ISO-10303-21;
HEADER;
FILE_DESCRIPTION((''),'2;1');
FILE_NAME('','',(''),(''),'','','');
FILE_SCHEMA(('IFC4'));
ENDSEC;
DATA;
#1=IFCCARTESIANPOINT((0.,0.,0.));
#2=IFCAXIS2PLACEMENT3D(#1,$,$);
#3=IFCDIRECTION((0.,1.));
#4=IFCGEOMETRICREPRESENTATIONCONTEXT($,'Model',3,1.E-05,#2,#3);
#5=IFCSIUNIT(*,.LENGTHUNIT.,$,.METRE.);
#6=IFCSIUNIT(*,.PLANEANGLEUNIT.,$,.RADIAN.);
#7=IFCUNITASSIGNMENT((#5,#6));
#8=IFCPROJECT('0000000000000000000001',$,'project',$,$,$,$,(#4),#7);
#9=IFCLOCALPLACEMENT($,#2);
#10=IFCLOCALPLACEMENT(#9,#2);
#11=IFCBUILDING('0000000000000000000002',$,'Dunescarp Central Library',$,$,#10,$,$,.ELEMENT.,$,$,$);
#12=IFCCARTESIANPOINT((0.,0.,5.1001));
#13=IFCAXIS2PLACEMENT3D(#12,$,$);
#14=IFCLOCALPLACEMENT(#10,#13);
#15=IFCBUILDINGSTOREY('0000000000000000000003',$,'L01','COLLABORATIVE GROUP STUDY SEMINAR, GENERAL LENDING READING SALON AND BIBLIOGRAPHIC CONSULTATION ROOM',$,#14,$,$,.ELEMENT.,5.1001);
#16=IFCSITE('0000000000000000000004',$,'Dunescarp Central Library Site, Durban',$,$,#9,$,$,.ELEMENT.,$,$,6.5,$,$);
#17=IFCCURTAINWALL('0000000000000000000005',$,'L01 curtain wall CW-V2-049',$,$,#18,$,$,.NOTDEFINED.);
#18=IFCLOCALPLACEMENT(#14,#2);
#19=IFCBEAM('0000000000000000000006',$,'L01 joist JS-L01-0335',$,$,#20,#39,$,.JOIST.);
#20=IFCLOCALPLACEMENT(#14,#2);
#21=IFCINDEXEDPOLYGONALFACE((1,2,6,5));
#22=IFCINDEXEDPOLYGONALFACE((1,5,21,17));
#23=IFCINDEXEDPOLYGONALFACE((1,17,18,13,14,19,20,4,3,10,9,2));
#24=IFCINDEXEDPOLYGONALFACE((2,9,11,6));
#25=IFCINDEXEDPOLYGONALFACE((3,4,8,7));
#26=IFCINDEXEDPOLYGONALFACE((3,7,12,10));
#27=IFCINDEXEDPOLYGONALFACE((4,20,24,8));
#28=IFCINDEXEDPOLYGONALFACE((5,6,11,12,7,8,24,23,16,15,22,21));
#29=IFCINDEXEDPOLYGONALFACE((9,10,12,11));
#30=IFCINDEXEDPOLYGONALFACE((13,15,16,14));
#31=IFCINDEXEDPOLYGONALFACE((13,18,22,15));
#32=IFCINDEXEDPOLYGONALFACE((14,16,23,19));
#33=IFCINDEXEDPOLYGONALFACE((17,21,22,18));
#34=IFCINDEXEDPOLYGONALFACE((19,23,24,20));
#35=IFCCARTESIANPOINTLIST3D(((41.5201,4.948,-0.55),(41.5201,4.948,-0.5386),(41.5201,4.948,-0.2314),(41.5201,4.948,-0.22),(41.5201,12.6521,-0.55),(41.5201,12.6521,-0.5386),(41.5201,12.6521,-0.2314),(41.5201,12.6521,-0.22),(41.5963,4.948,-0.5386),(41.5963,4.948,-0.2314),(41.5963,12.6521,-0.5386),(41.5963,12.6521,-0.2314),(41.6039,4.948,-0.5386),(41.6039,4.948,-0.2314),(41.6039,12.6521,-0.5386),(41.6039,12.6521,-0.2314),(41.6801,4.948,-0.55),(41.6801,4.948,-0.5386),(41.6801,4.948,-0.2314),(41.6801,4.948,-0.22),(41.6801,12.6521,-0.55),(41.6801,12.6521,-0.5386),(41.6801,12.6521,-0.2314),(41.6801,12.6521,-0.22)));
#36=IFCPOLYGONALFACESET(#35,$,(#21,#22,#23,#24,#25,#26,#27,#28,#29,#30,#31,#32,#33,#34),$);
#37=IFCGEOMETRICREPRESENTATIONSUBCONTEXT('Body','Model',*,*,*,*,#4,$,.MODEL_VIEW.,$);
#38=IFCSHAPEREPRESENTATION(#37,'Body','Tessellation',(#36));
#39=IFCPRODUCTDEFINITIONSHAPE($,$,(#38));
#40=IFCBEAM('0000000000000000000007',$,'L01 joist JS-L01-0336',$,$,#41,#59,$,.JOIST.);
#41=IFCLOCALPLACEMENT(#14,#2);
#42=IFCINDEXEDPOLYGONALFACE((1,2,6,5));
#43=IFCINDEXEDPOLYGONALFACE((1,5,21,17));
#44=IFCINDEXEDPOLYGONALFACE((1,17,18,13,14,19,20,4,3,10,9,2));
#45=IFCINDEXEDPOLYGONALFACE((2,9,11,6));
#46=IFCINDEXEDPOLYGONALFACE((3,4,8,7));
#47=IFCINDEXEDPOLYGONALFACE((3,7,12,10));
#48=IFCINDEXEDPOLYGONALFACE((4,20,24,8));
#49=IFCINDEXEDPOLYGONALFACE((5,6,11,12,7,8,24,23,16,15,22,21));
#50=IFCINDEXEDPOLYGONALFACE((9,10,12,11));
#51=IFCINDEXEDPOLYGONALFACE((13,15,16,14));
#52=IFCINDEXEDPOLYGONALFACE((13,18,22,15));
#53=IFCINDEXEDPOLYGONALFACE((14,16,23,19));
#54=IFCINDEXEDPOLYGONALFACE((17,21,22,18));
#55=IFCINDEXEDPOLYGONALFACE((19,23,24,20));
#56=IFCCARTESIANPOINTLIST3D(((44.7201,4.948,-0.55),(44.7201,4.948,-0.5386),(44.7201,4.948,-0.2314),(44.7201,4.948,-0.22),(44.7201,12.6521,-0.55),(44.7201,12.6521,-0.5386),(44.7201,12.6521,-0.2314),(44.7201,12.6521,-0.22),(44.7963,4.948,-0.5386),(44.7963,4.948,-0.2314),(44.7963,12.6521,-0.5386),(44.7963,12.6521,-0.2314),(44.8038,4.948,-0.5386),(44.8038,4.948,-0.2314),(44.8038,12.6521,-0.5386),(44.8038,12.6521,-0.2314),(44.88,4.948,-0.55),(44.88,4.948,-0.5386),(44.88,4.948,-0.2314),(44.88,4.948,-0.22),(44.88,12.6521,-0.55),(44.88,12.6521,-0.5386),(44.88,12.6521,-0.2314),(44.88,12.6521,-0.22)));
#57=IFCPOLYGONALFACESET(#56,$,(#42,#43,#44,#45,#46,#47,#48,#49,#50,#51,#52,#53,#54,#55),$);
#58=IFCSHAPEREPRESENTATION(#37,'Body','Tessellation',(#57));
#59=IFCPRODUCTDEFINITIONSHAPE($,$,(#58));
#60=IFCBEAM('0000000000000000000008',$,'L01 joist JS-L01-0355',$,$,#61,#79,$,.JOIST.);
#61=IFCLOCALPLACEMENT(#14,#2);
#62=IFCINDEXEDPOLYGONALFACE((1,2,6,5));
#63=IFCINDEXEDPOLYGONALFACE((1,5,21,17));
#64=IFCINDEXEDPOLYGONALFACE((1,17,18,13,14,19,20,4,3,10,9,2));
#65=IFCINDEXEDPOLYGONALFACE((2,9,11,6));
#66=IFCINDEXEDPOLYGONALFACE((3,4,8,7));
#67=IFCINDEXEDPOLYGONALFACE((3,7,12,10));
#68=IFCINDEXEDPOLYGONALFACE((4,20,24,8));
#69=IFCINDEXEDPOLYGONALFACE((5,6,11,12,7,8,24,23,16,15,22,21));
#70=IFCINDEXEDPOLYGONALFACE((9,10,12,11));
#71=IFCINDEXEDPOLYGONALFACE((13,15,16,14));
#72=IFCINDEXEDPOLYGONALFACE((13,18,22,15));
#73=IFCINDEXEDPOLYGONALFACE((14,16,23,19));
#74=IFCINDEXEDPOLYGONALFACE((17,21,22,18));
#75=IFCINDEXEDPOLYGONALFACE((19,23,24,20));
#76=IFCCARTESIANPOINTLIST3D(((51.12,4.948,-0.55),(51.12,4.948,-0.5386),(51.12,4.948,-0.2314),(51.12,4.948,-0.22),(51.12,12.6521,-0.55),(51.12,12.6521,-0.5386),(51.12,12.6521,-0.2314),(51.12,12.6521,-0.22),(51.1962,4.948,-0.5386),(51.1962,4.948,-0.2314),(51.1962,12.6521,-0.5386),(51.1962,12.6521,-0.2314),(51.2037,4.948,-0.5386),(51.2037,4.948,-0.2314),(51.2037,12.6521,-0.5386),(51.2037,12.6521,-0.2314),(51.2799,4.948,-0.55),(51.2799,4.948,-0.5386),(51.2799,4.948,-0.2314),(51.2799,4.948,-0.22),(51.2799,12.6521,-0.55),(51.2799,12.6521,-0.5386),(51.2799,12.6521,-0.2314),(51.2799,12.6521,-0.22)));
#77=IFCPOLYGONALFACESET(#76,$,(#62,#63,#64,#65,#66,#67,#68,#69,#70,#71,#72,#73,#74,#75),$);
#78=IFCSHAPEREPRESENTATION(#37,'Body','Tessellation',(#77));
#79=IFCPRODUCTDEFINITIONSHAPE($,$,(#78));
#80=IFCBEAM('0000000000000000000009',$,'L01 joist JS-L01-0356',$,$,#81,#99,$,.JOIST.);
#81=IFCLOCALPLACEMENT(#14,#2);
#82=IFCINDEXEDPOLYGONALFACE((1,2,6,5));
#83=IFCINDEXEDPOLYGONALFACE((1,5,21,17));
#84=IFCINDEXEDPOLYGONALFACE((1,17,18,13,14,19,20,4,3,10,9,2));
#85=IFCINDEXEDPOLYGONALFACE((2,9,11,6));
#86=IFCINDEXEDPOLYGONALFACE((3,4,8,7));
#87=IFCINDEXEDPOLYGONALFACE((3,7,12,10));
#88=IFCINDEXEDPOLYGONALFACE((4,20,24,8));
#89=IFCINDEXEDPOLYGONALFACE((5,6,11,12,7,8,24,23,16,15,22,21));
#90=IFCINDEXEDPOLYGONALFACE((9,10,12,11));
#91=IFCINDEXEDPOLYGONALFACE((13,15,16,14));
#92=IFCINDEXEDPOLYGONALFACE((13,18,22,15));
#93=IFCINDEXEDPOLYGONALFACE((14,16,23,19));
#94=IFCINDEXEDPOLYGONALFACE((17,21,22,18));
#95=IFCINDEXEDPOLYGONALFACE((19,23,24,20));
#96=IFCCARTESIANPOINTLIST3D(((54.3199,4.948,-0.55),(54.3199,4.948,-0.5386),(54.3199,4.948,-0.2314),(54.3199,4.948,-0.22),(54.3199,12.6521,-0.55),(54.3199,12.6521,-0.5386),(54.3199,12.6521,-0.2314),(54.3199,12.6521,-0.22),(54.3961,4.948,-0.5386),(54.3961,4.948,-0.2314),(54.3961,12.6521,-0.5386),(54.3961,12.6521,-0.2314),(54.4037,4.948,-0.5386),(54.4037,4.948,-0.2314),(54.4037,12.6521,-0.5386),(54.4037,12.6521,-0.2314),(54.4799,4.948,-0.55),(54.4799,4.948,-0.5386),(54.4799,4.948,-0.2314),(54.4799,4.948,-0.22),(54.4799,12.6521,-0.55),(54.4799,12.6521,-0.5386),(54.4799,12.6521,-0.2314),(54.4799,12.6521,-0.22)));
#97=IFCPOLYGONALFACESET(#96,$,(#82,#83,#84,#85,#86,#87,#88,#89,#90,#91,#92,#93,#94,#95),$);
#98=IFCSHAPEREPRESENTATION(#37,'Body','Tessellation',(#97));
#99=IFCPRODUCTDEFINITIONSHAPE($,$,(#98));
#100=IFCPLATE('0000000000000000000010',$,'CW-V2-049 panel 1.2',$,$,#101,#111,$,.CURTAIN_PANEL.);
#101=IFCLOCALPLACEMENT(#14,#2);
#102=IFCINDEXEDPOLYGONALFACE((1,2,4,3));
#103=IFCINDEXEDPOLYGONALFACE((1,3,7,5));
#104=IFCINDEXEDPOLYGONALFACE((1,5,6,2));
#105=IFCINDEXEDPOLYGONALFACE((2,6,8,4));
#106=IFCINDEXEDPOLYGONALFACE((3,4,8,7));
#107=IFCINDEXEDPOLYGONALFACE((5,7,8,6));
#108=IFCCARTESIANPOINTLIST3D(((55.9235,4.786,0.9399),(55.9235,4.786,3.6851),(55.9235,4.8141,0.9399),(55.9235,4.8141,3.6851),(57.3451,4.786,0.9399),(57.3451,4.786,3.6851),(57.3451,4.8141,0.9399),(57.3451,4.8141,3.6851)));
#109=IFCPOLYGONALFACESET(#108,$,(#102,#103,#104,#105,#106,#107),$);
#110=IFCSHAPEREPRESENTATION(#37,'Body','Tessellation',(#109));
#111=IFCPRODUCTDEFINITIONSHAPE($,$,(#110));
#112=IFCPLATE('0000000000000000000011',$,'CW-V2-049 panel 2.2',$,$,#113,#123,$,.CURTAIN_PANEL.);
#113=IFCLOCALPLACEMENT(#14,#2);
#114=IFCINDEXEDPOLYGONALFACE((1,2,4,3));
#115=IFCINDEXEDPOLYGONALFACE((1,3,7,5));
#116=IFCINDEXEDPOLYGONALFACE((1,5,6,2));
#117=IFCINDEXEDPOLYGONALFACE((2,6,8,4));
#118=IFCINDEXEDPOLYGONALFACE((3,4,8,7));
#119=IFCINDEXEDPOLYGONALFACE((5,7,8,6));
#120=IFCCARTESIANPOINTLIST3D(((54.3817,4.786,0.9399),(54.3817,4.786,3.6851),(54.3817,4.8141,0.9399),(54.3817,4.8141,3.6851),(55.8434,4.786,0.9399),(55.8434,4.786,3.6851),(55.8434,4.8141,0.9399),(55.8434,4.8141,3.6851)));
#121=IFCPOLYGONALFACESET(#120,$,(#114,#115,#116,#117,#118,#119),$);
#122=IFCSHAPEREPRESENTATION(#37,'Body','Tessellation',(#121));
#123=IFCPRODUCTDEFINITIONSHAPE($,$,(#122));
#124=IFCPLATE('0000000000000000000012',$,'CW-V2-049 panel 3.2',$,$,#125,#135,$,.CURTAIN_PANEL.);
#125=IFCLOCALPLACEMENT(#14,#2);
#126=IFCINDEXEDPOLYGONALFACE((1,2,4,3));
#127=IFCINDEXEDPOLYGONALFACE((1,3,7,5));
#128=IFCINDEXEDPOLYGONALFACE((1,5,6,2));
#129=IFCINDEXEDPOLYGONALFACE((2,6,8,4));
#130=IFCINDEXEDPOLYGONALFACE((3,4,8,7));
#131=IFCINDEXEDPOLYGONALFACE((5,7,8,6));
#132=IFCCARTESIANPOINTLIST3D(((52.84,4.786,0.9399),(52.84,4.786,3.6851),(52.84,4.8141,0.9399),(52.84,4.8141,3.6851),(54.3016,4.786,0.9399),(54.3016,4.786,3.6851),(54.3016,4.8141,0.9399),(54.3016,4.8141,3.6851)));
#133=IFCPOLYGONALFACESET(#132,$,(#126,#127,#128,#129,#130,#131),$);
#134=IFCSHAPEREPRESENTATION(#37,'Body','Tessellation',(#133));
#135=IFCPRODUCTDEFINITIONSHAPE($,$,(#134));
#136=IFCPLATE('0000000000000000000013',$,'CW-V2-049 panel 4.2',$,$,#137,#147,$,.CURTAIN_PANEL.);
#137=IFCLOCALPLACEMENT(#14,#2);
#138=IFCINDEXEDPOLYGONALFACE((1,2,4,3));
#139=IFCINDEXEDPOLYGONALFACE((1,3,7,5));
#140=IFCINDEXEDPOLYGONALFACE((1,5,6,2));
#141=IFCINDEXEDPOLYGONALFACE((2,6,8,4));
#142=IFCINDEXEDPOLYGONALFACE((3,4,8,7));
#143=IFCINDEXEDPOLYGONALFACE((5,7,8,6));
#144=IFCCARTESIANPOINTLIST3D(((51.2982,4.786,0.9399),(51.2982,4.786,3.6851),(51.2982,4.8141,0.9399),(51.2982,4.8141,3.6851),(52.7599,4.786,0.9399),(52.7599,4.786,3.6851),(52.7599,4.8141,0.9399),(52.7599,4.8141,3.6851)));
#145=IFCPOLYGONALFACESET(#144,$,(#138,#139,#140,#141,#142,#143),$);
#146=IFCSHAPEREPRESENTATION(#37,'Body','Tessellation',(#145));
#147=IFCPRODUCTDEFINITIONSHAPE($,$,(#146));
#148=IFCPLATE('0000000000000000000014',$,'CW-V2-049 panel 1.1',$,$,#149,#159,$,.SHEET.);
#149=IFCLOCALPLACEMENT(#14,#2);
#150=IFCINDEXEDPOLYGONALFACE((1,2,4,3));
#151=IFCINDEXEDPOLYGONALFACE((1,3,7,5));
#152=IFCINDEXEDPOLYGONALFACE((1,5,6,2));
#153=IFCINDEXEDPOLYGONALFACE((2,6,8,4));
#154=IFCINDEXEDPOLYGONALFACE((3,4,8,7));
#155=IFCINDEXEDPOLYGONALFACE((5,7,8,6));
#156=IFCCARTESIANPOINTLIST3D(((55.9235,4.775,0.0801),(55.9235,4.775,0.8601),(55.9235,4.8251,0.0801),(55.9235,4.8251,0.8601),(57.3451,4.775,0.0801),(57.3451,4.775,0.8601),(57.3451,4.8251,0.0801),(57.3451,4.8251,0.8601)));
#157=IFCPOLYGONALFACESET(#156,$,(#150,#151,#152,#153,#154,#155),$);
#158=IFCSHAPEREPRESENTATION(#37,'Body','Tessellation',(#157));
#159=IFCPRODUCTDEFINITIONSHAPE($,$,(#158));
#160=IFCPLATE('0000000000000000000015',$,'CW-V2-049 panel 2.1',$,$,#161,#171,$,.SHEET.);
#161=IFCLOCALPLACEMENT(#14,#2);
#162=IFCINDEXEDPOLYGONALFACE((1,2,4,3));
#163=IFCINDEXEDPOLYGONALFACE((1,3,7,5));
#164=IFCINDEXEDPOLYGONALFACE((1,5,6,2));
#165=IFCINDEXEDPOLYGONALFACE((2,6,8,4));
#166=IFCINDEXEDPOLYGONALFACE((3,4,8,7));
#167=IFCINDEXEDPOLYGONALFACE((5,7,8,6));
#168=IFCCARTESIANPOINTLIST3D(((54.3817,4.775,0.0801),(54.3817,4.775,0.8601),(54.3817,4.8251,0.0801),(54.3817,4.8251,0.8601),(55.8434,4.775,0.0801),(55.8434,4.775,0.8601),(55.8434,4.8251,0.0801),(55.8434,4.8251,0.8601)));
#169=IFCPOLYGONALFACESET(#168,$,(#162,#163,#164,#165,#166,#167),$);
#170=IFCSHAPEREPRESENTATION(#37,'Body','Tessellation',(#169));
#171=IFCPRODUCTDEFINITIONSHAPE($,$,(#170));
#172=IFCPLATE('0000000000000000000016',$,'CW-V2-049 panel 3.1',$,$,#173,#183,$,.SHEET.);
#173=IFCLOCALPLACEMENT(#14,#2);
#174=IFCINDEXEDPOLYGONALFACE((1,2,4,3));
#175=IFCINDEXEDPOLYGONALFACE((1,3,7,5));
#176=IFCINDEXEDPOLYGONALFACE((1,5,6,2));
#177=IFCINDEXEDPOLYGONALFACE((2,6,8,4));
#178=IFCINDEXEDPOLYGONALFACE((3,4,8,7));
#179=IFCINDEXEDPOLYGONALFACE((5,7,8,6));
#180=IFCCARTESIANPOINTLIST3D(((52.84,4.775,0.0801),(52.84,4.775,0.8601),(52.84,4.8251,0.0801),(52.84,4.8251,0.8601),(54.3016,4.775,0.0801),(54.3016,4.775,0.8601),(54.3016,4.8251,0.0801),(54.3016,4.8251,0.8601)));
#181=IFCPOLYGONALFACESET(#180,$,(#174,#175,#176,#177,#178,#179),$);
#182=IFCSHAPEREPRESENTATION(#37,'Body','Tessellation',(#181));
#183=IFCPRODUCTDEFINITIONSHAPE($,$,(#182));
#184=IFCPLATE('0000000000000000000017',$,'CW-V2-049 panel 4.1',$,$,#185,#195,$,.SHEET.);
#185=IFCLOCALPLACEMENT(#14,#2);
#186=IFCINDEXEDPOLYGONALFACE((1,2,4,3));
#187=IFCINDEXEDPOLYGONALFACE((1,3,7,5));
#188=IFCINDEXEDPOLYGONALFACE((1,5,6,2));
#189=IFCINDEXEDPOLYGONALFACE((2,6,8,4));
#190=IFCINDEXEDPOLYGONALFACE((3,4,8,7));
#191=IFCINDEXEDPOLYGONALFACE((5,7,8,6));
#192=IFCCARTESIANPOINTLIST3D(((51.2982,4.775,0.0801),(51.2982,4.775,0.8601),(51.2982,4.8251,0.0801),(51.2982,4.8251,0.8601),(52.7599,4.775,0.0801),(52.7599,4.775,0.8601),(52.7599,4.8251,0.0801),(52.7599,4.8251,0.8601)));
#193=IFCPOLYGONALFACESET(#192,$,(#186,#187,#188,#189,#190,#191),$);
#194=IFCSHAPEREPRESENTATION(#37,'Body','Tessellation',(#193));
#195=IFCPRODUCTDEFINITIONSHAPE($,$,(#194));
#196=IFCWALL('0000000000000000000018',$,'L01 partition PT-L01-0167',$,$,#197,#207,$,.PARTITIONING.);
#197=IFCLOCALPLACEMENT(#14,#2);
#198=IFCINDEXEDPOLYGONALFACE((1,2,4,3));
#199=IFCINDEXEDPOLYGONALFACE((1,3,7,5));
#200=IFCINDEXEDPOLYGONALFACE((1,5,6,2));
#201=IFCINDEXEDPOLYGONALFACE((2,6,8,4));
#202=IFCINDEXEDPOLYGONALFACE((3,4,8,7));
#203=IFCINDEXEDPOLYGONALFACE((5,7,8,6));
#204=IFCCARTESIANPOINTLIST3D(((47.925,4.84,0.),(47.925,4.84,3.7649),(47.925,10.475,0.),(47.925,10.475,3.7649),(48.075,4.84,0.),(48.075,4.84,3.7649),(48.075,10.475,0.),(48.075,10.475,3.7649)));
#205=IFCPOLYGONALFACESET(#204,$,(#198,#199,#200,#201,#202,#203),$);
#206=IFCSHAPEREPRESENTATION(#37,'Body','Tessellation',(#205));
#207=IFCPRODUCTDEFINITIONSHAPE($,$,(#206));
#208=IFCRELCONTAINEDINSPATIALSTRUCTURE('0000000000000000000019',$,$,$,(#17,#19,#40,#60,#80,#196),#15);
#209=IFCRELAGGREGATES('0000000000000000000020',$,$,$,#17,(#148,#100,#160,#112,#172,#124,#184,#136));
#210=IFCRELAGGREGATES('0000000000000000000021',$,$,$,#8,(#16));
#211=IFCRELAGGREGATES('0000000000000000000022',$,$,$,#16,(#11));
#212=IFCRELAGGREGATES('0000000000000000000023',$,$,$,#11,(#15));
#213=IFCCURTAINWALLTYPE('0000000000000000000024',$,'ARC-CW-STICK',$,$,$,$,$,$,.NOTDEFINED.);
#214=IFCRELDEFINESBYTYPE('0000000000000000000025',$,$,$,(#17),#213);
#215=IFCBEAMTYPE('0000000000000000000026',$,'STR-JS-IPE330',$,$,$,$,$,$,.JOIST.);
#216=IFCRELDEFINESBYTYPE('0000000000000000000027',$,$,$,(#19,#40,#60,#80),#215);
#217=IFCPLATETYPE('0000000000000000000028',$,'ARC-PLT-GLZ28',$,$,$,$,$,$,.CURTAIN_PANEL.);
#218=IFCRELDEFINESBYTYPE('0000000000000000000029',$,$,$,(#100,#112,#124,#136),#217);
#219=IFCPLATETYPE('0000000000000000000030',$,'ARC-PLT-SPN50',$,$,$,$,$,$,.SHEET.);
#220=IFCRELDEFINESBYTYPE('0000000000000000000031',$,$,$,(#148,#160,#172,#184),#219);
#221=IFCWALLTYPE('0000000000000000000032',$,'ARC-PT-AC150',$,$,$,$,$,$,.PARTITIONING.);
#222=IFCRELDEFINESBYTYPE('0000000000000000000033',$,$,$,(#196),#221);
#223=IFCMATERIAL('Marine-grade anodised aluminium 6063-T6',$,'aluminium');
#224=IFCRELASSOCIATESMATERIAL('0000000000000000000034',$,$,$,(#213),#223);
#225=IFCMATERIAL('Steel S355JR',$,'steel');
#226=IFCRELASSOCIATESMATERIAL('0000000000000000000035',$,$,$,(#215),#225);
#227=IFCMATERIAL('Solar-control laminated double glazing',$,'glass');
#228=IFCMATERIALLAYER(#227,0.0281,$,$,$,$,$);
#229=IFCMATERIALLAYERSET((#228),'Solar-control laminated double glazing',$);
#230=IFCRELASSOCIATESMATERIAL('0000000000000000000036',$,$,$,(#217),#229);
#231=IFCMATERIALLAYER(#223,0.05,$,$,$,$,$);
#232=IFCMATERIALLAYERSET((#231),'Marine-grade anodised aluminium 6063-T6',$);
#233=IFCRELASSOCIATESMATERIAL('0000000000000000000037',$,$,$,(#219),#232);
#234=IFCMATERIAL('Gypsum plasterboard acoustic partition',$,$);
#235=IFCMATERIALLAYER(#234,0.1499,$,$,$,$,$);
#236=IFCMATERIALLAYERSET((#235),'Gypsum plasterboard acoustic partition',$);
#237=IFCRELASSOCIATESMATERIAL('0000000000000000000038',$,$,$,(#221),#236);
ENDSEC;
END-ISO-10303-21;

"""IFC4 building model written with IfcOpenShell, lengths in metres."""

from ifc_helpers import new_model, si_unit, direction, frame, frame_2d, origin, origin_2d, place, context, subcontext, project, spatial, rectangle, i_section, extrude, material, layer, layer_set, material_profile, profile_set, type_object, element, aggregate, save


model = new_model("IFC4")

# Units and contexts
model_context = context("Model", 3, precision=1e-05, world=origin(), true_north=direction((0.0, 1.0)))
body_context = subcontext(model_context, "Body", "Model", "MODEL_VIEW")
ifc_project = project(units=[si_unit("LENGTHUNIT", "METRE"), si_unit("PLANEANGLEUNIT", "RADIAN")], contexts=[model_context])

# Site, building, storey
site_placement = place(None, origin())
site = spatial("IfcSite", under=ifc_project, at=site_placement, Name="Dunescarp Central Library Site, Durban", CompositionType="ELEMENT", RefElevation=6.5)
building_placement = place(site_placement, origin())
building = spatial("IfcBuilding", under=site, at=building_placement, Name="Dunescarp Central Library", CompositionType="ELEMENT")
storey_placement = place(building_placement, frame((0.0, 0.0, 5.1001)))
storey = spatial("IfcBuildingStorey", under=building, at=storey_placement, Name="L01", Description="COLLABORATIVE GROUP STUDY SEMINAR, GENERAL LENDING READING SALON AND BIBLIOGRAPHIC CONSULTATION ROOM", CompositionType="ELEMENT", Elevation=5.1001)

# Curtain wall
ifc_material_1 = material(Name="Marine-grade anodised aluminium 6063-T6", Category="aluminium")
curtain_wall_type = type_object("IfcCurtainWallType", Name="ARC-CW-STICK", PredefinedType="NOTDEFINED", material=ifc_material_1)
curtain_wall_placement = place(storey_placement, origin())
curtain_wall = element("IfcCurtainWall", 1, at=curtain_wall_placement, inside=storey, type_object=curtain_wall_type, Name="L01 curtain wall CW-V2-049", PredefinedType="NOTDEFINED")

# Beams
ifc_material_2 = material(Name="Steel S355JR", Category="steel")
ifc_material_profile_1 = material_profile(ifc_material_2, i_section(OverallWidth=0.1599, OverallDepth=0.3301, WebThickness=0.0076, FlangeThickness=0.0115, at=origin_2d()), Name="IPE 330")
ifc_profile_set_1 = profile_set([ifc_material_profile_1], Name="Steel S355JR")
beam_type = type_object("IfcBeamType", Name="STR-JS-IPE330", PredefinedType="JOIST", material=ifc_profile_set_1)
for number, where, z_axis, x_axis, name in (
    (2, (41.6001, 4.948, -0.385), (0.0, 1.0, 0.0), (-1.0, 0.0, 0.0), "L01 joist JS-L01-0335"),
    (3, (44.8, 4.948, -0.385), (0.0, 1.0, 0.0), (-1.0, 0.0, 0.0), "L01 joist JS-L01-0336"),
    (4, (51.2, 4.948, -0.385), (0.0, 1.0, 0.0), (-1.0, 0.0, 0.0), "L01 joist JS-L01-0355"),
    (5, (54.3999, 4.948, -0.385), (0.0, 1.0, 0.0), (-1.0, 0.0, 0.0), "L01 joist JS-L01-0356"),
):
    element("IfcBeam", number, at=place(storey_placement, frame(where, z_axis=z_axis, x_axis=x_axis)), inside=storey, type_object=beam_type, Name=name, PredefinedType="JOIST", context=body_context, shape_type="SweptSolid", body=[
        extrude(i_section(OverallWidth=0.1599, OverallDepth=0.3301, WebThickness=0.0076, FlangeThickness=0.0115, at=origin_2d()), origin(), (0.0, 0.0, 1.0), 7.7041),
    ])

# Plates
ifc_material_3 = material(Name="Solar-control laminated double glazing", Category="glass")
ifc_layer_1 = layer(ifc_material_3, 0.0281)
ifc_layer_set_1 = layer_set([ifc_layer_1], Name="Solar-control laminated double glazing")
plate_type_1 = type_object("IfcPlateType", Name="ARC-PLT-GLZ28", PredefinedType="CURTAIN_PANEL", material=ifc_layer_set_1)
plate_1_placement = place(storey_placement, frame((56.6343, 4.8, 0.9399), z_axis=(0.0, 0.0, 1.0), x_axis=(-1.0, 0.0, 0.0)))
plate_1 = element("IfcPlate", 6, at=plate_1_placement, type_object=plate_type_1, Name="CW-V2-049 panel 1.2", PredefinedType="CURTAIN_PANEL", context=body_context, shape_type="SweptSolid", body=[
    extrude(rectangle(XDim=1.4216, YDim=0.0281, at=origin_2d()), origin(), (0.0, 0.0, 1.0), 2.7451),
])
plate_2_placement = place(storey_placement, frame((55.1125, 4.8, 0.9399), z_axis=(0.0, 0.0, 1.0), x_axis=(-1.0, 0.0, 0.0)))
plate_2 = element("IfcPlate", 7, at=plate_2_placement, type_object=plate_type_1, Name="CW-V2-049 panel 2.2", PredefinedType="CURTAIN_PANEL", context=body_context, shape_type="SweptSolid", body=[
    extrude(rectangle(XDim=1.4617, YDim=0.0281, at=origin_2d()), origin(), (0.0, 0.0, 1.0), 2.7451),
])
plate_3_placement = place(storey_placement, frame((53.5708, 4.8, 0.9399), z_axis=(0.0, 0.0, 1.0), x_axis=(-1.0, 0.0, 0.0)))
plate_3 = element("IfcPlate", 8, at=plate_3_placement, type_object=plate_type_1, Name="CW-V2-049 panel 3.2", PredefinedType="CURTAIN_PANEL", context=body_context, shape_type="SweptSolid", body=[
    extrude(rectangle(XDim=1.4617, YDim=0.0281, at=origin_2d()), origin(), (0.0, 0.0, 1.0), 2.7451),
])
plate_4_placement = place(storey_placement, frame((52.0291, 4.8, 0.9399), z_axis=(0.0, 0.0, 1.0), x_axis=(-1.0, 0.0, 0.0)))
plate_4 = element("IfcPlate", 9, at=plate_4_placement, type_object=plate_type_1, Name="CW-V2-049 panel 4.2", PredefinedType="CURTAIN_PANEL", context=body_context, shape_type="SweptSolid", body=[
    extrude(rectangle(XDim=1.4617, YDim=0.0281, at=origin_2d()), origin(), (0.0, 0.0, 1.0), 2.7451),
])
ifc_layer_2 = layer(ifc_material_1, 0.05)
ifc_layer_set_2 = layer_set([ifc_layer_2], Name="Marine-grade anodised aluminium 6063-T6")
plate_type_2 = type_object("IfcPlateType", Name="ARC-PLT-SPN50", PredefinedType="SHEET", material=ifc_layer_set_2)
plate_5_placement = place(storey_placement, frame((56.6343, 4.8, 0.0801), z_axis=(0.0, 0.0, 1.0), x_axis=(-1.0, 0.0, 0.0)))
plate_5 = element("IfcPlate", 10, at=plate_5_placement, type_object=plate_type_2, Name="CW-V2-049 panel 1.1", PredefinedType="SHEET", context=body_context, shape_type="SweptSolid", body=[
    extrude(rectangle(XDim=1.4216, YDim=0.05, at=origin_2d()), origin(), (0.0, 0.0, 1.0), 0.78),
])
plate_6_placement = place(storey_placement, frame((55.1125, 4.8, 0.0801), z_axis=(0.0, 0.0, 1.0), x_axis=(-1.0, 0.0, 0.0)))
plate_6 = element("IfcPlate", 11, at=plate_6_placement, type_object=plate_type_2, Name="CW-V2-049 panel 2.1", PredefinedType="SHEET", context=body_context, shape_type="SweptSolid", body=[
    extrude(rectangle(XDim=1.4617, YDim=0.05, at=origin_2d()), origin(), (0.0, 0.0, 1.0), 0.78),
])
plate_7_placement = place(storey_placement, frame((53.5708, 4.8, 0.0801), z_axis=(0.0, 0.0, 1.0), x_axis=(-1.0, 0.0, 0.0)))
plate_7 = element("IfcPlate", 12, at=plate_7_placement, type_object=plate_type_2, Name="CW-V2-049 panel 3.1", PredefinedType="SHEET", context=body_context, shape_type="SweptSolid", body=[
    extrude(rectangle(XDim=1.4617, YDim=0.05, at=origin_2d()), origin(), (0.0, 0.0, 1.0), 0.78),
])
plate_8_placement = place(storey_placement, frame((52.0291, 4.8, 0.0801), z_axis=(0.0, 0.0, 1.0), x_axis=(-1.0, 0.0, 0.0)))
plate_8 = element("IfcPlate", 13, at=plate_8_placement, type_object=plate_type_2, Name="CW-V2-049 panel 4.1", PredefinedType="SHEET", context=body_context, shape_type="SweptSolid", body=[
    extrude(rectangle(XDim=1.4617, YDim=0.05, at=origin_2d()), origin(), (0.0, 0.0, 1.0), 0.78),
])
aggregate(curtain_wall, [plate_5, plate_1, plate_6, plate_2, plate_7, plate_3, plate_8, plate_4])

# Wall
ifc_material_4 = material(Name="Gypsum plasterboard acoustic partition")
ifc_layer_3 = layer(ifc_material_4, 0.1499)
ifc_layer_set_3 = layer_set([ifc_layer_3], Name="Gypsum plasterboard acoustic partition")
wall_type = type_object("IfcWallType", Name="ARC-PT-AC150", PredefinedType="PARTITIONING", material=ifc_layer_set_3)
wall_placement = place(storey_placement, frame((48.0, 4.8401, 0.0), z_axis=(0.0, 0.0, 1.0), x_axis=(0.0, 1.0, 0.0)))
element("IfcWall", 14, at=wall_placement, inside=storey, type_object=wall_type, Name="L01 partition PT-L01-0167", PredefinedType="PARTITIONING", context=body_context, shape_type="SweptSolid", body=[
    extrude(rectangle(XDim=5.635, YDim=0.1499, at=frame_2d((2.8174, 0.0))), origin(), (0.0, 0.0, 1.0), 3.7649),
])

save(model, "model.ifc")
